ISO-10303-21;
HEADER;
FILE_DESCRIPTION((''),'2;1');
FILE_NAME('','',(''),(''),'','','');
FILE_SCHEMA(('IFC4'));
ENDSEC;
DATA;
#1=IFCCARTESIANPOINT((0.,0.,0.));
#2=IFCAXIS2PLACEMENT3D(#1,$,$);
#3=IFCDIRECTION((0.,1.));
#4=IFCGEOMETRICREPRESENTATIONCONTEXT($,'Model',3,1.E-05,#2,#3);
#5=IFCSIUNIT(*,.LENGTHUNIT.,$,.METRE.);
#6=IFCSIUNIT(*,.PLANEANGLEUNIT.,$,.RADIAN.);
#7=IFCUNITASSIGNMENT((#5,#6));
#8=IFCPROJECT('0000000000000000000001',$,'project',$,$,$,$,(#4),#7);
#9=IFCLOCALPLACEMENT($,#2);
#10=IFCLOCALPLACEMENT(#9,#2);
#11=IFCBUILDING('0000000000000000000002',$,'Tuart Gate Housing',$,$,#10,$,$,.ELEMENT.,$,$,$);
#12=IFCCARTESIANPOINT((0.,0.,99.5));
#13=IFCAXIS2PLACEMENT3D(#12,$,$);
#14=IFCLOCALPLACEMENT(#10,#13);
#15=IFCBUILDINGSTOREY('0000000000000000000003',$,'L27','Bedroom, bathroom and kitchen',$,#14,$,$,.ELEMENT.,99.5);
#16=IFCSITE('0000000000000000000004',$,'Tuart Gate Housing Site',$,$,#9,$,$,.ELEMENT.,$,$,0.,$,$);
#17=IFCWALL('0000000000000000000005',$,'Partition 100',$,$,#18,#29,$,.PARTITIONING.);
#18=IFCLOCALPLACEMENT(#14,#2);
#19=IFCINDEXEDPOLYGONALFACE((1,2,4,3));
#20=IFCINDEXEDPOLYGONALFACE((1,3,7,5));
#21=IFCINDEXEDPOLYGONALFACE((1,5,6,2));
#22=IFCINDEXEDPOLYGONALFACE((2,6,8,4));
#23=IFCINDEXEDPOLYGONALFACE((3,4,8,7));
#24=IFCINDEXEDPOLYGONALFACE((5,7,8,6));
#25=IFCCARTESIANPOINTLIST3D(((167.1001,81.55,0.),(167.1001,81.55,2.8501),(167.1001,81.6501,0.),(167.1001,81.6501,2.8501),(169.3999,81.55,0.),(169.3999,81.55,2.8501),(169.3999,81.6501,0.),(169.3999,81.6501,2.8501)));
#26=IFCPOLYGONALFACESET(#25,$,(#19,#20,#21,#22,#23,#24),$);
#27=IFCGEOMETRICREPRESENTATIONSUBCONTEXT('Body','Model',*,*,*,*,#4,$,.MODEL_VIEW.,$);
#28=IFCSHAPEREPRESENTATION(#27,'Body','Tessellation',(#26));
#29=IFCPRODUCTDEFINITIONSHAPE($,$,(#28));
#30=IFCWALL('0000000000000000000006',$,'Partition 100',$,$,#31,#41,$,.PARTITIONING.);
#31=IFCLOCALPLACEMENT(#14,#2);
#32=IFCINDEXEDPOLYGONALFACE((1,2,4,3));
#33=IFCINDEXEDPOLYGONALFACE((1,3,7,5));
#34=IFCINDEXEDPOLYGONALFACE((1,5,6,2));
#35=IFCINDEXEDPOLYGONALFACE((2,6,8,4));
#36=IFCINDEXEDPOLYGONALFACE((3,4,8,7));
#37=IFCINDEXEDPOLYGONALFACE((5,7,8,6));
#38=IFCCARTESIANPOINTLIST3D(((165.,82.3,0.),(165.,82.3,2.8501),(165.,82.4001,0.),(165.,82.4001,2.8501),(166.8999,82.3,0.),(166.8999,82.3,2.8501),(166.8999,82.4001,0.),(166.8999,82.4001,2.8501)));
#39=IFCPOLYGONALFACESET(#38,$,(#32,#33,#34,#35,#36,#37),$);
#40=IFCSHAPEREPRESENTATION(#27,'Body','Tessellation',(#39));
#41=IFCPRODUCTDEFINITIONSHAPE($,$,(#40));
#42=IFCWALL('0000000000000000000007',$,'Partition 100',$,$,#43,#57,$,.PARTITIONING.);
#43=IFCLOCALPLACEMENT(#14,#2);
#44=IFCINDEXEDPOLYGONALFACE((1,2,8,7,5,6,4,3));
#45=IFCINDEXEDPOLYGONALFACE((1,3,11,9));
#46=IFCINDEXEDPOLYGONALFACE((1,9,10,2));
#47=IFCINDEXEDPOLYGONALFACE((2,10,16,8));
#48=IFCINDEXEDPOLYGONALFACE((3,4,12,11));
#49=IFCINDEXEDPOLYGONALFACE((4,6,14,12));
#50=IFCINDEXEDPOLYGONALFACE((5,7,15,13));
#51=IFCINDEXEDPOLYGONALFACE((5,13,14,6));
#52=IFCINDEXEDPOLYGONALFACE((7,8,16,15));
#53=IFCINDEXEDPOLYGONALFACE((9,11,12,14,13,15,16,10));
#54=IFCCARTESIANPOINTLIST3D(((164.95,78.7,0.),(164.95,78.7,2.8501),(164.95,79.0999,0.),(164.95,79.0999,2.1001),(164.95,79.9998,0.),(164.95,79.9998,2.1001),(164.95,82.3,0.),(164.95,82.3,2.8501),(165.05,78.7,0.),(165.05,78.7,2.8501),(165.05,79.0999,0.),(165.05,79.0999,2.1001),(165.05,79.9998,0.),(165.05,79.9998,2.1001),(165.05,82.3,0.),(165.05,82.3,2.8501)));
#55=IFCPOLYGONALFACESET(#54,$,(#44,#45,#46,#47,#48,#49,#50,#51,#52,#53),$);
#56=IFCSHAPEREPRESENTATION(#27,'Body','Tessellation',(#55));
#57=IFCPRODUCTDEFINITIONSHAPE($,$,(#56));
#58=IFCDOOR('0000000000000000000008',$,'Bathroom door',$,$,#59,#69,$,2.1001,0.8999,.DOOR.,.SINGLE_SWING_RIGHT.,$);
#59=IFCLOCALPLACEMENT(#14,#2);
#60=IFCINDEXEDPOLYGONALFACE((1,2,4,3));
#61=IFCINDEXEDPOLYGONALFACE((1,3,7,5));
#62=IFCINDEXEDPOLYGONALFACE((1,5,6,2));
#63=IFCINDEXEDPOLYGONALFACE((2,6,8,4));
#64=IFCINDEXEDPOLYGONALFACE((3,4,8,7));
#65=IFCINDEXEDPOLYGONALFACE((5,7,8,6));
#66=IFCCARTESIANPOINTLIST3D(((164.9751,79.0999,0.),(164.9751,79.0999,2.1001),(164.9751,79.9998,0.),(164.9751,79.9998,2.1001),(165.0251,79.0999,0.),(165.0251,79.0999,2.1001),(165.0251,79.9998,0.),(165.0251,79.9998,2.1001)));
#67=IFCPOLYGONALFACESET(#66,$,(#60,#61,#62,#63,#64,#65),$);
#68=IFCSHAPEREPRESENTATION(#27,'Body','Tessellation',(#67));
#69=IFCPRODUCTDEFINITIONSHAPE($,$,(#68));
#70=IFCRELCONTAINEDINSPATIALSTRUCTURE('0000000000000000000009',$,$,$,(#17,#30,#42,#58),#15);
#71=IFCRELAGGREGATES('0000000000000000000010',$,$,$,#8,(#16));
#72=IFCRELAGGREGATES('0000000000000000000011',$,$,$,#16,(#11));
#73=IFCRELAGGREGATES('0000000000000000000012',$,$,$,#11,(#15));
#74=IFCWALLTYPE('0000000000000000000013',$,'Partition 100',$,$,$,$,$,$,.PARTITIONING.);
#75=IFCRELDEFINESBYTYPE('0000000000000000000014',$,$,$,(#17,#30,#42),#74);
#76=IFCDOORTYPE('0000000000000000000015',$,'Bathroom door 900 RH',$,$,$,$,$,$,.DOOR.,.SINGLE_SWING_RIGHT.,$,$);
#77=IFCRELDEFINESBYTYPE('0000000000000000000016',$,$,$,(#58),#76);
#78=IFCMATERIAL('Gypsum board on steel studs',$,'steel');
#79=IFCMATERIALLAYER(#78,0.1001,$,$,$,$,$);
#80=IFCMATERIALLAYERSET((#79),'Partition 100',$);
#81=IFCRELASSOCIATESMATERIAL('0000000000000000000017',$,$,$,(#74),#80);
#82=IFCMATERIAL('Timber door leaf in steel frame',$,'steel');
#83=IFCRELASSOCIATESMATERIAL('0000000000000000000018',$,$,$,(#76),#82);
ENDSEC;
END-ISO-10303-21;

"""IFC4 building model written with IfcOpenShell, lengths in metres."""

from ifc_helpers import new_model, si_unit, direction, frame, frame_2d, origin, place, context, subcontext, project, spatial, rectangle, extrude, material, layer, layer_set, type_object, element, fill, save


model = new_model("IFC4")

# Units and contexts
model_context = context("Model", 3, precision=1e-05, world=origin(), true_north=direction((0.0, 1.0)))
body_context = subcontext(model_context, "Body", "Model", "MODEL_VIEW")
ifc_project = project(units=[si_unit("LENGTHUNIT", "METRE"), si_unit("PLANEANGLEUNIT", "RADIAN")], contexts=[model_context])

# Site, building, storey
site_placement = place(None, origin())
site = spatial("IfcSite", under=ifc_project, at=site_placement, Name="Tuart Gate Housing Site", CompositionType="ELEMENT", RefElevation=0.0)
building_placement = place(site_placement, origin())
building = spatial("IfcBuilding", under=site, at=building_placement, Name="Tuart Gate Housing", CompositionType="ELEMENT")
storey_placement = place(building_placement, frame((0.0, 0.0, 99.5)))
storey = spatial("IfcBuildingStorey", under=building, at=storey_placement, Name="L27", Description="Bedroom, bathroom and kitchen", CompositionType="ELEMENT", Elevation=99.5)

# Walls
ifc_material_1 = material(Name="Gypsum board on steel studs", Category="steel")
ifc_layer = layer(ifc_material_1, 0.1001)
ifc_layer_set = layer_set([ifc_layer], Name="Partition 100")
wall_type = type_object("IfcWallType", Name="Partition 100", PredefinedType="PARTITIONING", material=ifc_layer_set)
wall_1_placement = place(storey_placement, frame((167.1001, 81.6001, 0.0), z_axis=(0.0, 0.0, 1.0), x_axis=(1.0, 0.0, 0.0)))
element("IfcWall", 1, at=wall_1_placement, inside=storey, type_object=wall_type, Name="Partition 100", PredefinedType="PARTITIONING", context=body_context, shape_type="SweptSolid", body=[
    extrude(rectangle(XDim=2.2998, YDim=0.1001, at=frame_2d((1.1499, 0.0))), origin(), (0.0, 0.0, 1.0), 2.8501),
])
wall_2_placement = place(storey_placement, frame((165.0, 82.3501, 0.0), z_axis=(0.0, 0.0, 1.0), x_axis=(1.0, 0.0, 0.0)))
element("IfcWall", 2, at=wall_2_placement, inside=storey, type_object=wall_type, Name="Partition 100", PredefinedType="PARTITIONING", context=body_context, shape_type="SweptSolid", body=[
    extrude(rectangle(XDim=1.8999, YDim=0.1001, at=frame_2d((0.95, 0.0))), origin(), (0.0, 0.0, 1.0), 2.8501),
])

# Wall, opening, door
wall_3_placement = place(storey_placement, frame((165.0, 78.7, 0.0), z_axis=(0.0, 0.0, 1.0), x_axis=(0.0, 1.0, 0.0)))
wall_3 = element("IfcWall", 3, at=wall_3_placement, inside=storey, type_object=wall_type, Name="Partition 100", PredefinedType="PARTITIONING", context=body_context, shape_type="SweptSolid", body=[
    extrude(rectangle(XDim=3.6001, YDim=0.1001, at=frame_2d((1.8, 0.0))), origin(), (0.0, 0.0, 1.0), 2.8501),
])
opening_placement = place(wall_3_placement, frame((0.3999, 0.0, 0.0)))
opening = element("IfcOpeningElement", 4, at=opening_placement, cuts=wall_3, PredefinedType="OPENING", context=body_context, shape_type="SweptSolid", body=[
    extrude(rectangle(XDim=0.8999, YDim=2.1001, at=frame_2d((0.45, 1.05))), frame((0.0, 0.0601, 0.0), z_axis=(0.0, -1.0, 0.0), x_axis=(1.0, 0.0, 0.0)), (0.0, 0.0, 1.0), 0.1201),
])
ifc_material_2 = material(Name="Timber door leaf in steel frame", Category="steel")
door_type = type_object("IfcDoorType", Name="Bathroom door 900 RH", OperationType="SINGLE_SWING_RIGHT", PredefinedType="DOOR", material=ifc_material_2)
door_placement = place(opening_placement, frame((0.8999, 0.0, 0.0), z_axis=(0.0, 0.0, 1.0), x_axis=(-1.0, 0.0, 0.0)))
door = element("IfcDoor", 5, at=door_placement, inside=storey, type_object=door_type, Name="Bathroom door", OperationType="SINGLE_SWING_RIGHT", OverallHeight=2.1001, OverallWidth=0.8999, PredefinedType="DOOR", context=body_context, shape_type="SweptSolid", body=[
    extrude(rectangle(XDim=0.8999, YDim=2.1001, at=frame_2d((0.45, 1.05))), frame((0.0, 0.0251, 0.0), z_axis=(0.0, -1.0, 0.0), x_axis=(1.0, 0.0, 0.0)), (0.0, 0.0, 1.0), 0.05),
])
fill(opening, door)

save(model, "model.ifc")
